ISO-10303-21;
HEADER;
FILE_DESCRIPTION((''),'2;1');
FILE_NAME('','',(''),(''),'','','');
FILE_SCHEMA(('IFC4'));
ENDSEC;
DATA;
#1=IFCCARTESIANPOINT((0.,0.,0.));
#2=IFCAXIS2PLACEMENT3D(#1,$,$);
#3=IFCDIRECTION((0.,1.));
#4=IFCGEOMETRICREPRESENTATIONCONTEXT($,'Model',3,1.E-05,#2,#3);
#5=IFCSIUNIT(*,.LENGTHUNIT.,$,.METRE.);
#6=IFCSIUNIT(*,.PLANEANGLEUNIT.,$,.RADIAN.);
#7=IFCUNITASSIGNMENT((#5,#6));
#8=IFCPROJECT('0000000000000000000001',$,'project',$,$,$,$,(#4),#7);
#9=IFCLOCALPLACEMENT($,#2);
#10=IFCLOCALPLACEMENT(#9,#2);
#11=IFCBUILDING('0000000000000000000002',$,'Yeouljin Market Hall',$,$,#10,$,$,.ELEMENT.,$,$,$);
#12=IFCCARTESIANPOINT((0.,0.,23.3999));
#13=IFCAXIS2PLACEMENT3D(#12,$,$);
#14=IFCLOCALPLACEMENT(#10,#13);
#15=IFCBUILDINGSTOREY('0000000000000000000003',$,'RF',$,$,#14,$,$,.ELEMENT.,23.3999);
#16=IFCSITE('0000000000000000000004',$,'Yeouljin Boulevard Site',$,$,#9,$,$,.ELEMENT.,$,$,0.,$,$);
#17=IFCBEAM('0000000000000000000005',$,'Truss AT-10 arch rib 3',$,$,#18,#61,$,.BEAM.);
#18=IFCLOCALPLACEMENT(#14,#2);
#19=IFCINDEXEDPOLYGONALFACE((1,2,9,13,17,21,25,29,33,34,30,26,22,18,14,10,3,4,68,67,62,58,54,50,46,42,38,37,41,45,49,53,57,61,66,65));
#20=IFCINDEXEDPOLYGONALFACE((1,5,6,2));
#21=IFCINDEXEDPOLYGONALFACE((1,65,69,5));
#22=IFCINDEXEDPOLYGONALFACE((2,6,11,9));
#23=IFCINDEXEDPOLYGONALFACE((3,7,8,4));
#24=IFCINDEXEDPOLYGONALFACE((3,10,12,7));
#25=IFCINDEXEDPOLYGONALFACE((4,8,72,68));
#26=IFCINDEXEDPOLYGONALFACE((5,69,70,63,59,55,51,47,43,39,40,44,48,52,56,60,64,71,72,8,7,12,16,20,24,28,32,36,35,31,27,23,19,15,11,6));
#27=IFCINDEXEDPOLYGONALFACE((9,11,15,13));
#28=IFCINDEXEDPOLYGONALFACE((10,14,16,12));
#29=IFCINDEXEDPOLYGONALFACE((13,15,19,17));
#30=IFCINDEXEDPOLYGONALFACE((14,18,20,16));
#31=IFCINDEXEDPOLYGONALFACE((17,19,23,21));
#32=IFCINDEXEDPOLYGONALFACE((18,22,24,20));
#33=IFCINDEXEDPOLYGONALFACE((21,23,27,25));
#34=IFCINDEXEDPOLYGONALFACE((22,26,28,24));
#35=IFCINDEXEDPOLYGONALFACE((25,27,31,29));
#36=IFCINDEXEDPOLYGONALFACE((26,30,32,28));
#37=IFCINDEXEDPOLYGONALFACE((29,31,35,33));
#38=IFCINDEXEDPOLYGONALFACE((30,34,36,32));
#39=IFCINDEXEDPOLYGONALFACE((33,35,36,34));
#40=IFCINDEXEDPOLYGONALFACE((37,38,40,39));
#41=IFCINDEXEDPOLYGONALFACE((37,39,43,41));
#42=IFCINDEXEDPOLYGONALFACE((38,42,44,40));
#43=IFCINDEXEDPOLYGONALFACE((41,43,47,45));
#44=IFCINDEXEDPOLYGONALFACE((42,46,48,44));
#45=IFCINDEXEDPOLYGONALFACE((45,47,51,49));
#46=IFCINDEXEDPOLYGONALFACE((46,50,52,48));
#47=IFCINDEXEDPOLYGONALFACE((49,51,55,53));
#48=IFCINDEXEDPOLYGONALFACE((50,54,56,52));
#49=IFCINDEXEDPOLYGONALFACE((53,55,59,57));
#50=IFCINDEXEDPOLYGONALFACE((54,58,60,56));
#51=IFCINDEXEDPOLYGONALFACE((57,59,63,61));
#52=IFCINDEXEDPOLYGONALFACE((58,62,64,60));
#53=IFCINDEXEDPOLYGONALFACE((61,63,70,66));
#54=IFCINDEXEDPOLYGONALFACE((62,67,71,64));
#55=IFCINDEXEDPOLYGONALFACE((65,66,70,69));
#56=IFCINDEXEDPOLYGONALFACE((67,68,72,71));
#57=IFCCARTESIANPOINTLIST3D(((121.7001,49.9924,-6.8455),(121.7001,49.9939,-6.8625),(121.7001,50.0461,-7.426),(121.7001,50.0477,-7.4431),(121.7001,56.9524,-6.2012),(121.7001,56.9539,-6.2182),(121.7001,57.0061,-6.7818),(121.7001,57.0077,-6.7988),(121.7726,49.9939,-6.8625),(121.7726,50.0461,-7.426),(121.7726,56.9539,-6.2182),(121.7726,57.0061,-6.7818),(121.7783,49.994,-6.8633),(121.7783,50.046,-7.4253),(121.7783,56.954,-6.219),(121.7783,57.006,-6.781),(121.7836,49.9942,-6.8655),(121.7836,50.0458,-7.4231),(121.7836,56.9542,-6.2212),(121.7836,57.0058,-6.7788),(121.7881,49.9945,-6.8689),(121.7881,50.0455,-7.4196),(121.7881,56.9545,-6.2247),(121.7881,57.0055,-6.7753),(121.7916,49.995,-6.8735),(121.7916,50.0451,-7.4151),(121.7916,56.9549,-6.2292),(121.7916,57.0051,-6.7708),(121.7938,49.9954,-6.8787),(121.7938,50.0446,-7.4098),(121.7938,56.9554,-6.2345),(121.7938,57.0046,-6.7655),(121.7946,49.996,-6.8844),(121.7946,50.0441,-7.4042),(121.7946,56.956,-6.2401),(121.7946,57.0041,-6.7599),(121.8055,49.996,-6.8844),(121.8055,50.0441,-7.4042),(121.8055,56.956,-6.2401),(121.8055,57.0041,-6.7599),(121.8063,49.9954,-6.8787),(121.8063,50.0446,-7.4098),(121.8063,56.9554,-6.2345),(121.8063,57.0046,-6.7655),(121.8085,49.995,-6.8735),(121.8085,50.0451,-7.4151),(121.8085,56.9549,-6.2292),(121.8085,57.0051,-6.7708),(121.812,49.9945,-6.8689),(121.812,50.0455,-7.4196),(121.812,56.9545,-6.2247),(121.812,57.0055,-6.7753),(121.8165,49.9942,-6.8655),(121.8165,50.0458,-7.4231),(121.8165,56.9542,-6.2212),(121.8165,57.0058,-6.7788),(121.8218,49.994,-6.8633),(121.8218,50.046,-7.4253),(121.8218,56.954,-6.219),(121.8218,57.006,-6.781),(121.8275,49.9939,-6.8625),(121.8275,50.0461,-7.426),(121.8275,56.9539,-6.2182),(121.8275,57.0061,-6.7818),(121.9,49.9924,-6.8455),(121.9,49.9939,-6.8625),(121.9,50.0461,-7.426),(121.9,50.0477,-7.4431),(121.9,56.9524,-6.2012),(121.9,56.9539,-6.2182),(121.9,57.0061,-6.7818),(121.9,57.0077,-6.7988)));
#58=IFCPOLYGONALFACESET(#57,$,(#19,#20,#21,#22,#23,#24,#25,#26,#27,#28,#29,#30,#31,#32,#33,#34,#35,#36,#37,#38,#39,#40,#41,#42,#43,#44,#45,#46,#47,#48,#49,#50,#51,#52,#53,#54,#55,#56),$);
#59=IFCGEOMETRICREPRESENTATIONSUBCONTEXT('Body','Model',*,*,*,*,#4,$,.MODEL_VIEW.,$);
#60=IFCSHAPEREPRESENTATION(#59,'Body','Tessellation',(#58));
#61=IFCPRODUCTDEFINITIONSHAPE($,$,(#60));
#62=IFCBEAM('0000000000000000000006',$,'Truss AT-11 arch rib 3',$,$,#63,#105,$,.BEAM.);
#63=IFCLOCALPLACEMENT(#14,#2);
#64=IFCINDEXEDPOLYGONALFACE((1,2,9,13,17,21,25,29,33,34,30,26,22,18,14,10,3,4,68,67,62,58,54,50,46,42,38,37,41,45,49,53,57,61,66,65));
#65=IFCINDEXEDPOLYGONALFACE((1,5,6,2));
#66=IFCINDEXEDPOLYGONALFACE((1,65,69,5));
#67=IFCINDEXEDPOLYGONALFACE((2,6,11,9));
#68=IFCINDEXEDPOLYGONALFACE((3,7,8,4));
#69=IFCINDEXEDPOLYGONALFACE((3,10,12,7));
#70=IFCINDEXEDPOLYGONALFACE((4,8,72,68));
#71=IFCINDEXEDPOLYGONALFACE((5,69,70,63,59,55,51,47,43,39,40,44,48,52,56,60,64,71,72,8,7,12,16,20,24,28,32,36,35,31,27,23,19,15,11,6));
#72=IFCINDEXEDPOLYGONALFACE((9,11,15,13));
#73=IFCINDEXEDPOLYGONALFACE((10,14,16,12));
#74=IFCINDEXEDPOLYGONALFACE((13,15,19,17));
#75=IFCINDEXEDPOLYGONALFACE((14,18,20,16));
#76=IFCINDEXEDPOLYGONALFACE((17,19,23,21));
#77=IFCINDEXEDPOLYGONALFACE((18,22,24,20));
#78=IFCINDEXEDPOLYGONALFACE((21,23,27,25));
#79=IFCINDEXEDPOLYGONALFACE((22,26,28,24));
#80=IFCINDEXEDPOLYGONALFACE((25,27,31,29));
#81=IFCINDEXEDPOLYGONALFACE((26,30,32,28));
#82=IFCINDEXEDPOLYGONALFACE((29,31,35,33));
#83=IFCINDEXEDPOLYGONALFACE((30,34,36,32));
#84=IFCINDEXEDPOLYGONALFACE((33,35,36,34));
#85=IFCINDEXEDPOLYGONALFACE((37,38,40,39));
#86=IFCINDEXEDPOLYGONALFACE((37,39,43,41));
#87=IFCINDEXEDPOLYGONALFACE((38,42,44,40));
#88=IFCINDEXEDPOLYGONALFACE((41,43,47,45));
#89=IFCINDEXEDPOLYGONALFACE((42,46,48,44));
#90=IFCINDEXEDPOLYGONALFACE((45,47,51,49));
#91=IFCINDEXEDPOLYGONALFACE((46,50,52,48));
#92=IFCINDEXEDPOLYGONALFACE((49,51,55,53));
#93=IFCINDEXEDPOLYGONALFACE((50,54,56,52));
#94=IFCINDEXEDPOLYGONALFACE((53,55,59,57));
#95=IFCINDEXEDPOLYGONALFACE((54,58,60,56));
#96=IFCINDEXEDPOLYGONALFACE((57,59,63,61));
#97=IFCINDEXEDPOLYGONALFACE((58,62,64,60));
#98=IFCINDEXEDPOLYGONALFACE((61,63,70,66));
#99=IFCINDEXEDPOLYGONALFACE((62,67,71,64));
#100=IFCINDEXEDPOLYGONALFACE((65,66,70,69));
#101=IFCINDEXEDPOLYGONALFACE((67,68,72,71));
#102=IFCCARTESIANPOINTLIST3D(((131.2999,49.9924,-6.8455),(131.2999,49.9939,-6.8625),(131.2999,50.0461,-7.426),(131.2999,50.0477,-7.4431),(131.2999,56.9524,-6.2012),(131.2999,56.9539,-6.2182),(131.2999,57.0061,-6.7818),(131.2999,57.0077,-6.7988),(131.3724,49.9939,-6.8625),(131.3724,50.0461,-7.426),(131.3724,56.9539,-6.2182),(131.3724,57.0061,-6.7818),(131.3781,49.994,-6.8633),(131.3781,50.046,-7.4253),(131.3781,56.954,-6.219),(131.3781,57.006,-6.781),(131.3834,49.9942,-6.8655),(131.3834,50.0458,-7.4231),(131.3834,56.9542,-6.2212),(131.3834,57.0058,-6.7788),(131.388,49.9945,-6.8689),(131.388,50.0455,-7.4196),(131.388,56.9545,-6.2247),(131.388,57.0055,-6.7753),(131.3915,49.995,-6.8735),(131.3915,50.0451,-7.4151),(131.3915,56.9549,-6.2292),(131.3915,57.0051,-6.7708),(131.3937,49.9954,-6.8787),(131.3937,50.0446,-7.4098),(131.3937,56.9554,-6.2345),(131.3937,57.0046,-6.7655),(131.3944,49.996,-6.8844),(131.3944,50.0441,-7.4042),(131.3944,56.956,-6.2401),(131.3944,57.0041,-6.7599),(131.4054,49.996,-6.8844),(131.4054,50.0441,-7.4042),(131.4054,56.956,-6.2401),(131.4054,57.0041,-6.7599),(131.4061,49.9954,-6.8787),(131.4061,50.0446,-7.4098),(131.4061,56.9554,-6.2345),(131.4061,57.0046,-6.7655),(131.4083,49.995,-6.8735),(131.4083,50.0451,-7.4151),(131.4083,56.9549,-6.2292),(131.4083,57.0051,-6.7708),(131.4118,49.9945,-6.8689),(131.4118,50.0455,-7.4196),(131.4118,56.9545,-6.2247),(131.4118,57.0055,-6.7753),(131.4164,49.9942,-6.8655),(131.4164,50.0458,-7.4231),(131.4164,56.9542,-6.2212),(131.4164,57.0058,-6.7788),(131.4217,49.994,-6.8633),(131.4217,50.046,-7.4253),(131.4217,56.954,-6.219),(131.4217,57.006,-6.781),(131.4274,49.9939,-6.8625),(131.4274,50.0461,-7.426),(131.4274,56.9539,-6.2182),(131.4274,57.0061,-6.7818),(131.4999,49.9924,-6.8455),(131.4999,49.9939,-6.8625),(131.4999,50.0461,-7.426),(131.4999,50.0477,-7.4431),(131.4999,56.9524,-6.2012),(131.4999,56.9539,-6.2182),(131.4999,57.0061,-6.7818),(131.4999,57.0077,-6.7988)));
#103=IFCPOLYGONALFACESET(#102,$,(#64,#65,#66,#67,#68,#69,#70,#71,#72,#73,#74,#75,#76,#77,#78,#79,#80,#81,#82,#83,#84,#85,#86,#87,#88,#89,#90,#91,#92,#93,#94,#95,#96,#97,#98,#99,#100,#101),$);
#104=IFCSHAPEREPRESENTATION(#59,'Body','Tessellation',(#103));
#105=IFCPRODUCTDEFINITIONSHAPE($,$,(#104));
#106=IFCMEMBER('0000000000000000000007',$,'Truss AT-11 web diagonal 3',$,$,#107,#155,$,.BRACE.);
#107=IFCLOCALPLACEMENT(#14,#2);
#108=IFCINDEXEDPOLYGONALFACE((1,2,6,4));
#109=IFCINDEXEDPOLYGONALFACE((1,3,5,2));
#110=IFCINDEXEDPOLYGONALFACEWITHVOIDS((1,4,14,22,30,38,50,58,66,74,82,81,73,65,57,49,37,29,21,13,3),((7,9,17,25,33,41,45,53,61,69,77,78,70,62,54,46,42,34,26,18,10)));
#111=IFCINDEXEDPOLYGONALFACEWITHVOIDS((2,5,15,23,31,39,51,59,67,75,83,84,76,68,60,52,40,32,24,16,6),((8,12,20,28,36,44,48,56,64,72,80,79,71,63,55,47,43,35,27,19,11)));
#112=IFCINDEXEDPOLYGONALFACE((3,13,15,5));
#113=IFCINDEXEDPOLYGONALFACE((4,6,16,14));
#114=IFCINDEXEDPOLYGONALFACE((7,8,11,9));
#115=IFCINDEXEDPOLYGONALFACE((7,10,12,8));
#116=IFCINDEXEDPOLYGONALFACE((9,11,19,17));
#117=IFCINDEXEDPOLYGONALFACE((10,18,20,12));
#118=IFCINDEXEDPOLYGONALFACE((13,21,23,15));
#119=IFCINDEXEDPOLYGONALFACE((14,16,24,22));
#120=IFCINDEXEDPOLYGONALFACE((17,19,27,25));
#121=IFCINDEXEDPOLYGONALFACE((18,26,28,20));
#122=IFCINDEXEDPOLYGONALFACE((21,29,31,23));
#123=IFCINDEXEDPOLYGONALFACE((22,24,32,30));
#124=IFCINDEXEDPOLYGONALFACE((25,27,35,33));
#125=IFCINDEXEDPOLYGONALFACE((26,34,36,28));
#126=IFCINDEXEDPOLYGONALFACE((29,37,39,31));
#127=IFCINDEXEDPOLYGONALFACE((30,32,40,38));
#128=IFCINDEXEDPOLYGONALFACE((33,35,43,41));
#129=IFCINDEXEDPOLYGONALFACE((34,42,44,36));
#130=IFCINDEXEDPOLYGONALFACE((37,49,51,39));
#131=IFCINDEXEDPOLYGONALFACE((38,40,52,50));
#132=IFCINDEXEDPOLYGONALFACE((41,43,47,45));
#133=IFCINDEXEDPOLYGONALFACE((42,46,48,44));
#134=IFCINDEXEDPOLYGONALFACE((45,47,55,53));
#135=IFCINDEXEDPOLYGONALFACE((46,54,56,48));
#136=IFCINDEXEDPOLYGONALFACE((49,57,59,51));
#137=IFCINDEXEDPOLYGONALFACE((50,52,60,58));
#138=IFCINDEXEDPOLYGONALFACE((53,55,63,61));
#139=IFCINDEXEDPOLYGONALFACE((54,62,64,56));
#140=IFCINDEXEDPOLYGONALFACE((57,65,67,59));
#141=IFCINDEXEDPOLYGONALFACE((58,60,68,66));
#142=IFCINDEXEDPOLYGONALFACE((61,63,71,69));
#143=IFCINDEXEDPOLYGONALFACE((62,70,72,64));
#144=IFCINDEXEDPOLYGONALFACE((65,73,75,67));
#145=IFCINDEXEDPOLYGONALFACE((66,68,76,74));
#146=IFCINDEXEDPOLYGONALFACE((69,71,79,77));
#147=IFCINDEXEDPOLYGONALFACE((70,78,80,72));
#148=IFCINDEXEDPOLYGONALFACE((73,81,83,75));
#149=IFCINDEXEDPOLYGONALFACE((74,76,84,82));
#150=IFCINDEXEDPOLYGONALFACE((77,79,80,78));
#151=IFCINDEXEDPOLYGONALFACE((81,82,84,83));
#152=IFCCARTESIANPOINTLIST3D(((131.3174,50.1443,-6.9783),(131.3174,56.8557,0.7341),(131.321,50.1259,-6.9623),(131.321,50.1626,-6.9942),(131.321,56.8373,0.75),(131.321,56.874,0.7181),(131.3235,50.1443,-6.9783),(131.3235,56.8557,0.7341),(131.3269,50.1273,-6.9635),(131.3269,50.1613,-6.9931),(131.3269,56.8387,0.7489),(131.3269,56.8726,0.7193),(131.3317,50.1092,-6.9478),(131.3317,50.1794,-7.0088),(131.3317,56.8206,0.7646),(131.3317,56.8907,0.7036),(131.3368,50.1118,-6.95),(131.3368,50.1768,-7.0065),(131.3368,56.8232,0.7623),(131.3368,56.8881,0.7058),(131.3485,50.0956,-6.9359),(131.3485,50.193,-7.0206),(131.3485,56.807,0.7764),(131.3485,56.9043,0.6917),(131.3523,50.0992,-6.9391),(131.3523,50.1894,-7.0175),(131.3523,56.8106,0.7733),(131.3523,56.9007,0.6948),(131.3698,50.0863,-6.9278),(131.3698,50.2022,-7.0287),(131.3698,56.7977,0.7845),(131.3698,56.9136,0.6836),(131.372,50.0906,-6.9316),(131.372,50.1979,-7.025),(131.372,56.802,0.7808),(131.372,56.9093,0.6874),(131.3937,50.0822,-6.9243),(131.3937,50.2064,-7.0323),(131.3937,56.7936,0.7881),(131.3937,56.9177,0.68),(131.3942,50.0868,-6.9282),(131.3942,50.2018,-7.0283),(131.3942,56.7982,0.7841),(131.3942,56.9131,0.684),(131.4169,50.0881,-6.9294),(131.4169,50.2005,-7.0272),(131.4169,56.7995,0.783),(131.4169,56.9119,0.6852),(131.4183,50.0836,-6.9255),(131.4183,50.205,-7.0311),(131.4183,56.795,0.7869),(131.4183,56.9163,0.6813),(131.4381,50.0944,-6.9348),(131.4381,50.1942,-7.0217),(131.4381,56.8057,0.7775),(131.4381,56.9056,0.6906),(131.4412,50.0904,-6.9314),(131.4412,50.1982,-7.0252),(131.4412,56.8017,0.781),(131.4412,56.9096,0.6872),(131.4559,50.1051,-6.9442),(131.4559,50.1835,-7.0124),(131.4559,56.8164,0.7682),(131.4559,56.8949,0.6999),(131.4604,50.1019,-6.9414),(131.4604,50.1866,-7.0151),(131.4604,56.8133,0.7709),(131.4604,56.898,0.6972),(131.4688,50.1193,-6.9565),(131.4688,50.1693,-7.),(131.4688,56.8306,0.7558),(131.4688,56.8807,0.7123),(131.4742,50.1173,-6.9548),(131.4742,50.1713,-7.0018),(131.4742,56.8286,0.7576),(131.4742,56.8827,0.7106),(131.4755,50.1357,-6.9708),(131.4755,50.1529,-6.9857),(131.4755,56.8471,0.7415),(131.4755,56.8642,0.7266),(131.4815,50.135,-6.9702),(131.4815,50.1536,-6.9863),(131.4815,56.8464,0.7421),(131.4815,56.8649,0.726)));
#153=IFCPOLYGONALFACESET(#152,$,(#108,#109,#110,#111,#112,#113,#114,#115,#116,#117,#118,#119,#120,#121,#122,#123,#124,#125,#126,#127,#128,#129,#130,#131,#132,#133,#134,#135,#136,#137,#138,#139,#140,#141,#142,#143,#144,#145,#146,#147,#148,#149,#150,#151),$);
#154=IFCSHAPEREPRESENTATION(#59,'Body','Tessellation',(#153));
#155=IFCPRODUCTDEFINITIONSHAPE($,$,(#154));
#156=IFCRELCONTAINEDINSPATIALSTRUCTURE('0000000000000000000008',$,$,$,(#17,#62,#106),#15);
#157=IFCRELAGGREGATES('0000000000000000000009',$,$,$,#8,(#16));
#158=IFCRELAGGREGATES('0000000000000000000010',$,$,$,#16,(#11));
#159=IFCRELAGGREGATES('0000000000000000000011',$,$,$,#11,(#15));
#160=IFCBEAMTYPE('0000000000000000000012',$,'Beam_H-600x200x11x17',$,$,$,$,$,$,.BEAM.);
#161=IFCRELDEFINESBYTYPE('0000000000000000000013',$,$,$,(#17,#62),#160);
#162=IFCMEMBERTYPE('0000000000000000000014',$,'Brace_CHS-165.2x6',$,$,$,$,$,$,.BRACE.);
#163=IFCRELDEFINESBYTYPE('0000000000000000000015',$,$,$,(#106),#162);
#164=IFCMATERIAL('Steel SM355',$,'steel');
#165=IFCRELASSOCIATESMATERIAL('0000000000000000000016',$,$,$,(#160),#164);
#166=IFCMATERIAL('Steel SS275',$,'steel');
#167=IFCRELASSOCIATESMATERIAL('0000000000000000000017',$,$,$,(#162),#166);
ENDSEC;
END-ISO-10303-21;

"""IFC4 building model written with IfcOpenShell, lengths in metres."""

from ifc_helpers import new_model, si_unit, direction, frame, origin, origin_2d, place, context, subcontext, project, spatial, hollow_circle, i_section, extrude, material, material_profile, profile_set, type_object, element, save


model = new_model("IFC4")

# Units and contexts
model_context = context("Model", 3, precision=1e-05, world=origin(), true_north=direction((0.0, 1.0)))
body_context = subcontext(model_context, "Body", "Model", "MODEL_VIEW")
ifc_project = project(units=[si_unit("LENGTHUNIT", "METRE"), si_unit("PLANEANGLEUNIT", "RADIAN")], contexts=[model_context])

# Site, building, storey
site_placement = place(None, origin())
site = spatial("IfcSite", under=ifc_project, at=site_placement, Name="Yeouljin Boulevard Site", CompositionType="ELEMENT", RefElevation=0.0)
building_placement = place(site_placement, origin())
building = spatial("IfcBuilding", under=site, at=building_placement, Name="Yeouljin Market Hall", CompositionType="ELEMENT")
storey_placement = place(building_placement, frame((0.0, 0.0, 23.3999)))
storey = spatial("IfcBuildingStorey", under=building, at=storey_placement, Name="RF", CompositionType="ELEMENT", Elevation=23.3999)

# Beams
ifc_material_1 = material(Name="Steel SM355", Category="steel")
ifc_material_profile_1 = material_profile(ifc_material_1, i_section(OverallWidth=0.2, OverallDepth=0.6001, WebThickness=0.011, FlangeThickness=0.0171, FilletRadius=0.022, at=origin_2d()), Name="H-600x200x11x17")
ifc_profile_set_1 = profile_set([ifc_material_profile_1], Name="Steel SM355")
beam_type = type_object("IfcBeamType", Name="Beam_H-600x200x11x17", PredefinedType="BEAM", material=ifc_profile_set_1)
for number, where, z_axis, x_axis, name in (
    (1, (121.8, 50.02, -7.1443), (0.0, 0.995743, 0.092176), (-1.0, 0.0, 0.0), "Truss AT-10 arch rib 3"),
    (2, (131.3999, 50.02, -7.1443), (0.0, 0.995743, 0.092176), (-1.0, 0.0, 0.0), "Truss AT-11 arch rib 3"),
):
    element("IfcBeam", number, at=place(storey_placement, frame(where, z_axis=z_axis, x_axis=x_axis)), inside=storey, type_object=beam_type, Name=name, PredefinedType="BEAM", context=body_context, shape_type="SweptSolid", body=[
        extrude(i_section(OverallWidth=0.2, OverallDepth=0.6001, WebThickness=0.011, FlangeThickness=0.0171, FilletRadius=0.022, at=origin_2d()), origin(), (0.0, 0.0, 1.0), 6.9897),
    ])

# Member
ifc_material_2 = material(Name="Steel SS275", Category="steel")
ifc_material_profile_2 = material_profile(ifc_material_2, hollow_circle(Radius=0.0825, WallThickness=0.0061, at=origin_2d()), Name="CHS-165.2x6")
ifc_profile_set_2 = profile_set([ifc_material_profile_2], Name="Steel SS275")
member_type_1 = type_object("IfcMemberType", Name="Brace_CHS-165.2x6", PredefinedType="BRACE", material=ifc_profile_set_2)
member_1_placement = place(storey_placement, frame((131.3999, 50.1443, -6.9783), z_axis=(0.0, 0.656457, 0.754364), x_axis=(-1.0, 0.0, 0.0)))
element("IfcMember", 3, at=member_1_placement, inside=storey, type_object=member_type_1, Name="Truss AT-11 web diagonal 3", PredefinedType="BRACE", context=body_context, shape_type="SweptSolid", body=[
    extrude(hollow_circle(Radius=0.0825, WallThickness=0.0061, at=origin_2d()), origin(), (0.0, 0.0, 1.0), 10.2236),
])

save(model, "model.ifc")
